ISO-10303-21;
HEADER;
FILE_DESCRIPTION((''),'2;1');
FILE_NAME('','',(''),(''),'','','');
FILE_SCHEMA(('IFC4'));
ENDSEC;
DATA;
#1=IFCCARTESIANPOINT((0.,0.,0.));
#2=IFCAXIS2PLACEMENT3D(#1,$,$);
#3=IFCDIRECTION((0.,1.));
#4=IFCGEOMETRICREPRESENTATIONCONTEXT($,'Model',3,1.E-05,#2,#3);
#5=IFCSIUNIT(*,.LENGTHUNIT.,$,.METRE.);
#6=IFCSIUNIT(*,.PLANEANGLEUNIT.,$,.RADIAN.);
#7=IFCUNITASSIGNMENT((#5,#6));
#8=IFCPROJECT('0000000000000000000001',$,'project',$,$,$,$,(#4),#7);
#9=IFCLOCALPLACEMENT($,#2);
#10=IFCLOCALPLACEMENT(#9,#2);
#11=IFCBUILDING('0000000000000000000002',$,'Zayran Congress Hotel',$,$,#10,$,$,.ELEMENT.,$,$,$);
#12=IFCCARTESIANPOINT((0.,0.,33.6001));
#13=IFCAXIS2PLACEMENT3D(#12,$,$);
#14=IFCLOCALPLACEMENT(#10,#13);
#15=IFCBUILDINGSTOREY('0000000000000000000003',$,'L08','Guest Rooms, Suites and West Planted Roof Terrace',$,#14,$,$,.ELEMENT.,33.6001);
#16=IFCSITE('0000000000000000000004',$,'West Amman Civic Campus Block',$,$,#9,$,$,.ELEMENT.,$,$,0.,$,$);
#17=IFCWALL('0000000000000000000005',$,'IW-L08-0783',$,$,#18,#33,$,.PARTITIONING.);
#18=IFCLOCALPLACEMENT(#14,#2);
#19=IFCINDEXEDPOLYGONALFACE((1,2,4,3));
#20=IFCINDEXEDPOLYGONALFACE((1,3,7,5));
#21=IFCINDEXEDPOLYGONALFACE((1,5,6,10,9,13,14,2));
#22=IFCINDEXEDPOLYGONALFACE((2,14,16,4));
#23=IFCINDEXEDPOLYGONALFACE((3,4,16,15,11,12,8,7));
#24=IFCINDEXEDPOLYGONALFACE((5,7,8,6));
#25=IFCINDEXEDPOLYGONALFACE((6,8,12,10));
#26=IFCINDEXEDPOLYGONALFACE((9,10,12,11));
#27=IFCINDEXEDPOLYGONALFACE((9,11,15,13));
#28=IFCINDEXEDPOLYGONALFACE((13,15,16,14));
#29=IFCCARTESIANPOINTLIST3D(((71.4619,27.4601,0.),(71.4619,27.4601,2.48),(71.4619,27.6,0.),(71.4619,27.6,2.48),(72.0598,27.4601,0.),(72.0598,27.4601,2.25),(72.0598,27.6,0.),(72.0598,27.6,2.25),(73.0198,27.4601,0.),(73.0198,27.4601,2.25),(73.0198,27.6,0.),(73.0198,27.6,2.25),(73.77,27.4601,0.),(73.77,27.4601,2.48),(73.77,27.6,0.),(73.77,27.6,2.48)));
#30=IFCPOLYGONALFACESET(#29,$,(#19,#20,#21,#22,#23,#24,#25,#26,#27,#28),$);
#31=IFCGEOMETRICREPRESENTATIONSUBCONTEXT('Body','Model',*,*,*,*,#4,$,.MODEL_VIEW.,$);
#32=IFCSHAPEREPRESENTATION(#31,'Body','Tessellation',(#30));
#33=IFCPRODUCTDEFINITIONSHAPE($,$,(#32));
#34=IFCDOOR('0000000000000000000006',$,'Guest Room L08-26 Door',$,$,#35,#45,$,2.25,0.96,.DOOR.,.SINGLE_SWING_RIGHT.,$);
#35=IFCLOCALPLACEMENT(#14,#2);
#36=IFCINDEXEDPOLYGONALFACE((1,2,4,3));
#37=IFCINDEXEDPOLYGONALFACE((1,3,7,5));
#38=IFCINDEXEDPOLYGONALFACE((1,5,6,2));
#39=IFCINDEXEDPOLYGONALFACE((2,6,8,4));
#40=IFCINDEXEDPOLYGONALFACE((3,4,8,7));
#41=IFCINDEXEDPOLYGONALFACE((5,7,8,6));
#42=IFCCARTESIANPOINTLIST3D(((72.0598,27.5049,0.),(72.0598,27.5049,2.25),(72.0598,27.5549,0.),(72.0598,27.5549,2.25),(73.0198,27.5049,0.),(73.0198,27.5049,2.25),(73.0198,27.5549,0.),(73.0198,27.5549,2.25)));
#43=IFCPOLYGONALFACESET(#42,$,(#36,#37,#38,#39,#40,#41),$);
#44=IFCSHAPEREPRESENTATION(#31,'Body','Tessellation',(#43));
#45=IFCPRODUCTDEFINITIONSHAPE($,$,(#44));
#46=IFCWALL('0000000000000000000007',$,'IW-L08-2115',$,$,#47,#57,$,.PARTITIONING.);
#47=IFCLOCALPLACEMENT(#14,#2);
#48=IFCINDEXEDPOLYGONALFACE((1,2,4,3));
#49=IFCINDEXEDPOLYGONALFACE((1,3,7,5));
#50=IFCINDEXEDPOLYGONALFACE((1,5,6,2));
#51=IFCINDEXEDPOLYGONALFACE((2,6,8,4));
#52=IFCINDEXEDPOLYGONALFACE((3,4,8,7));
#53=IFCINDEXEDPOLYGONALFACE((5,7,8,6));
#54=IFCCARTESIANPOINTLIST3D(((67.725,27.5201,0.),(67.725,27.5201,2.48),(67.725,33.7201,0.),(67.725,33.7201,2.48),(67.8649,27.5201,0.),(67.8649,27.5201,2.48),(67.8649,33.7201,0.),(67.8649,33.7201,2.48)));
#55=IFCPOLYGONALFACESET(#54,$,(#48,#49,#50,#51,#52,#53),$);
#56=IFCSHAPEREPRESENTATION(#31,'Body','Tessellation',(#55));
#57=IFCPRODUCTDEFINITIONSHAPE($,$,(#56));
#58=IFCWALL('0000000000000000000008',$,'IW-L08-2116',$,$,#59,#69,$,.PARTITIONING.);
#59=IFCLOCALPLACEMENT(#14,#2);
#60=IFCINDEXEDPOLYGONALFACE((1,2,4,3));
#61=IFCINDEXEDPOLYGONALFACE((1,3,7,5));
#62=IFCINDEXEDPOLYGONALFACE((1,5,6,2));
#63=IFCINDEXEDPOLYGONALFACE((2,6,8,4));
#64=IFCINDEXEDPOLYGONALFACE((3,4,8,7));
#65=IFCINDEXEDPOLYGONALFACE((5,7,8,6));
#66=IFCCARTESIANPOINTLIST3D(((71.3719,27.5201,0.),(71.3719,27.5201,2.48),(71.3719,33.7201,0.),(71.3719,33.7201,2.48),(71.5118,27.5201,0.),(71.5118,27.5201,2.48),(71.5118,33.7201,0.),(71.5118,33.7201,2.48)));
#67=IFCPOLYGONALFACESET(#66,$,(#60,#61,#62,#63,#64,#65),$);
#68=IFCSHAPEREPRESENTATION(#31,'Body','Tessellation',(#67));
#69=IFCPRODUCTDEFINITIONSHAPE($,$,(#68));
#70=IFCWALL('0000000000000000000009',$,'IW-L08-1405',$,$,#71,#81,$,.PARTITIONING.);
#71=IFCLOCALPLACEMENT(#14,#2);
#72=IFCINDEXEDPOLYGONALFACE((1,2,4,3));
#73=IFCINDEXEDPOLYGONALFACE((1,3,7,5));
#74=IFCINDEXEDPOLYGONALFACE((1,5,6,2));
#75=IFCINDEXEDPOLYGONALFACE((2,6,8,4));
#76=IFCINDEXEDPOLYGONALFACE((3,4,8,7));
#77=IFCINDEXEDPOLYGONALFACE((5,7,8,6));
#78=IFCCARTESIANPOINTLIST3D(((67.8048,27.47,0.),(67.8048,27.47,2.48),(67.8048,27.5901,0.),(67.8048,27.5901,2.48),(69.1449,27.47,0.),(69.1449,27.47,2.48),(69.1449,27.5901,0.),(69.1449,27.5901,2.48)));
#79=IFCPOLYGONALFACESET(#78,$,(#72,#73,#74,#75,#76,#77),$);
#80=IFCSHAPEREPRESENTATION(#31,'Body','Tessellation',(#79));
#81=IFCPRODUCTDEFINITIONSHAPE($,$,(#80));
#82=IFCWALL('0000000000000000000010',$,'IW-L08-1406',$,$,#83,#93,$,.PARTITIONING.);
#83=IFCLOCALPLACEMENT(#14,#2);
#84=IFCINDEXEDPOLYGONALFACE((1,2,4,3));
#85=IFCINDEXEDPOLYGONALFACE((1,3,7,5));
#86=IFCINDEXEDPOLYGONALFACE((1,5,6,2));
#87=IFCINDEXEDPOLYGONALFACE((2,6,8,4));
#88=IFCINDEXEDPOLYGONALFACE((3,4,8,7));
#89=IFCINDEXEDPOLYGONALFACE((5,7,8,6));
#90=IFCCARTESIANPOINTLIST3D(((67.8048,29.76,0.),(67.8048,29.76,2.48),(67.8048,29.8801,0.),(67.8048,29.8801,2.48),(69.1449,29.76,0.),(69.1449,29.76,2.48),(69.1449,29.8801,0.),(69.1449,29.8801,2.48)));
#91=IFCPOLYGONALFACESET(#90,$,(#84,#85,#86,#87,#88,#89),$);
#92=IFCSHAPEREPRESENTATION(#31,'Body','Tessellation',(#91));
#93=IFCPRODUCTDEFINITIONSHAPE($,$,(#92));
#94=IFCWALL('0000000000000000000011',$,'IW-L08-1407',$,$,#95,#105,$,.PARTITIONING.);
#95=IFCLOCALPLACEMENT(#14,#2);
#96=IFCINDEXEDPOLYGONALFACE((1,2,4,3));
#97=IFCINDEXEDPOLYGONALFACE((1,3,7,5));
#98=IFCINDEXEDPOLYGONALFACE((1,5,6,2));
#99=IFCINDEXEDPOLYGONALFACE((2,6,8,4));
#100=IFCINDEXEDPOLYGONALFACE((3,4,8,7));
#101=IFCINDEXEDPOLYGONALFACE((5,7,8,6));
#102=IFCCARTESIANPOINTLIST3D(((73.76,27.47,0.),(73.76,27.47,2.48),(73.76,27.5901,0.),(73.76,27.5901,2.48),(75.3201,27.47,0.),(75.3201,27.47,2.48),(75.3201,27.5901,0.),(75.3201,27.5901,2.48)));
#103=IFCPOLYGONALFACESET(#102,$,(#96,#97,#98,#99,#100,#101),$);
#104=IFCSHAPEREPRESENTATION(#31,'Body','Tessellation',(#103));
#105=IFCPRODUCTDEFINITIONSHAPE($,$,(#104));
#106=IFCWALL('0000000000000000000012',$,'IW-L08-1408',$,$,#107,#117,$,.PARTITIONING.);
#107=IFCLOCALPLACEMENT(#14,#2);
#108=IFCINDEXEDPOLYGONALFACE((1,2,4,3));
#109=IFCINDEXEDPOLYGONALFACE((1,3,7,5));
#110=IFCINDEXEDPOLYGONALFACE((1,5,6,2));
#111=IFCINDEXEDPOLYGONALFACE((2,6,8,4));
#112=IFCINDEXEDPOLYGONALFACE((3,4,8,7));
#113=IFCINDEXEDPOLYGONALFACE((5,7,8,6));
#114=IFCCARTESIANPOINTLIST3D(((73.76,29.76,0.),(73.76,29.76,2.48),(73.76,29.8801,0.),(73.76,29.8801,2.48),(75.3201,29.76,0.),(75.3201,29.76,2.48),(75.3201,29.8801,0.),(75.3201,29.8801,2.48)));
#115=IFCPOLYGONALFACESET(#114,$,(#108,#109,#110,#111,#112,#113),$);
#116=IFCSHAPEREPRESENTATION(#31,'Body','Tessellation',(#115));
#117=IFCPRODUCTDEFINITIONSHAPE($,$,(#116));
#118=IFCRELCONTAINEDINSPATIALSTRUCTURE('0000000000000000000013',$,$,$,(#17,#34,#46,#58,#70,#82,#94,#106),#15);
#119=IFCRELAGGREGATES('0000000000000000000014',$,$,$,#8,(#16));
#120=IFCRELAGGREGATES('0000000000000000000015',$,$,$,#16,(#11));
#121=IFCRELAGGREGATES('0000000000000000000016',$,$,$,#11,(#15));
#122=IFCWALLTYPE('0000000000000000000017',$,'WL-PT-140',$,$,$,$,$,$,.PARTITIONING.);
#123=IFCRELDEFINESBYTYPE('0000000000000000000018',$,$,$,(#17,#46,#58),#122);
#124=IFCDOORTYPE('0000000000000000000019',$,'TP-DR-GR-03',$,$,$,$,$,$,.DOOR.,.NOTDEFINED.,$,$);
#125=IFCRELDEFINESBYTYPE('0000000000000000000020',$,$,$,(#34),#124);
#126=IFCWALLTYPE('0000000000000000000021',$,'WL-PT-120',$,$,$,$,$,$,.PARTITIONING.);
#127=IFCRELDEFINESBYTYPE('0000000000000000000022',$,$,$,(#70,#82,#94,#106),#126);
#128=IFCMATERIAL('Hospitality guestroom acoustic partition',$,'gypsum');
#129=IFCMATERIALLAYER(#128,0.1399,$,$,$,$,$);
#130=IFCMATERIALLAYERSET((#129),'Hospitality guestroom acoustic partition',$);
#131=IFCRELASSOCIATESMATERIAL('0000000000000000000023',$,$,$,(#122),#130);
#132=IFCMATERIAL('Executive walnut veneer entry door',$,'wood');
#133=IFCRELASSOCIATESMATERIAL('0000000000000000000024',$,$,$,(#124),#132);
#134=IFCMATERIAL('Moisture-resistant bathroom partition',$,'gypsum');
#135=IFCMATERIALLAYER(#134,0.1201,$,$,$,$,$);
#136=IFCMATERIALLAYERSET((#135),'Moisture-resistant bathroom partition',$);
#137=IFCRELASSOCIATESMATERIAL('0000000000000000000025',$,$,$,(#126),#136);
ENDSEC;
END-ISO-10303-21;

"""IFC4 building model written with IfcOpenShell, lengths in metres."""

from ifc_helpers import new_model, si_unit, direction, frame, frame_2d, origin, place, context, subcontext, project, spatial, rectangle, extrude, material, layer, layer_set, type_object, element, fill, save


model = new_model("IFC4")

# Units and contexts
model_context = context("Model", 3, precision=1e-05, world=origin(), true_north=direction((0.0, 1.0)))
body_context = subcontext(model_context, "Body", "Model", "MODEL_VIEW")
ifc_project = project(units=[si_unit("LENGTHUNIT", "METRE"), si_unit("PLANEANGLEUNIT", "RADIAN")], contexts=[model_context])

# Site, building, storey
site_placement = place(None, origin())
site = spatial("IfcSite", under=ifc_project, at=site_placement, Name="West Amman Civic Campus Block", CompositionType="ELEMENT", RefElevation=0.0)
building_placement = place(site_placement, origin())
building = spatial("IfcBuilding", under=site, at=building_placement, Name="Zayran Congress Hotel", CompositionType="ELEMENT")
storey_placement = place(building_placement, frame((0.0, 0.0, 33.6001)))
storey = spatial("IfcBuildingStorey", under=building, at=storey_placement, Name="L08", Description="Guest Rooms, Suites and West Planted Roof Terrace", CompositionType="ELEMENT", Elevation=33.6001)

# Wall, opening, door
ifc_material_1 = material(Name="Hospitality guestroom acoustic partition", Category="gypsum")
ifc_layer_1 = layer(ifc_material_1, 0.1399)
ifc_layer_set_1 = layer_set([ifc_layer_1], Name="Hospitality guestroom acoustic partition")
wall_type_1 = type_object("IfcWallType", Name="WL-PT-140", PredefinedType="PARTITIONING", material=ifc_layer_set_1)
ifc_material_2 = material(Name="Executive walnut veneer entry door", Category="wood")
door_type_1 = type_object("IfcDoorType", Name="TP-DR-GR-03", OperationType="NOTDEFINED", PredefinedType="DOOR", material=ifc_material_2)
wall_1_placement = place(storey_placement, frame((71.4619, 27.53, 0.0), z_axis=(0.0, 0.0, 1.0), x_axis=(1.0, 0.0, 0.0)))
wall_1 = element("IfcWall", 1, at=wall_1_placement, inside=storey, type_object=wall_type_1, Name="IW-L08-0783", PredefinedType="PARTITIONING", context=body_context, shape_type="SweptSolid", body=[
    extrude(rectangle(XDim=2.3081, YDim=0.1399, at=frame_2d((1.1541, 0.0))), origin(), (0.0, 0.0, 1.0), 2.48),
])
opening_1_placement = place(wall_1_placement, frame((0.5979, 0.0, 0.0)))
opening_1 = element("IfcOpeningElement", 2, at=opening_1_placement, cuts=wall_1, PredefinedType="OPENING", context=body_context, shape_type="SweptSolid", body=[
    extrude(rectangle(XDim=0.96, YDim=2.25, at=frame_2d((0.48, 1.125))), frame((0.0, 0.0798, 0.0), z_axis=(0.0, -1.0, 0.0), x_axis=(1.0, 0.0, 0.0)), (0.0, 0.0, 1.0), 0.1599),
])
door_1_placement = place(opening_1_placement, origin())
door_1 = element("IfcDoor", 3, at=door_1_placement, inside=storey, type_object=door_type_1, Name="Guest Room L08-26 Door", OperationType="SINGLE_SWING_RIGHT", OverallHeight=2.25, OverallWidth=0.96, PredefinedType="DOOR", context=body_context, shape_type="SweptSolid", body=[
    extrude(rectangle(XDim=0.96, YDim=2.25, at=frame_2d((0.48, 1.125))), frame((0.0, 0.0249, 0.0), z_axis=(0.0, -1.0, 0.0), x_axis=(1.0, 0.0, 0.0)), (0.0, 0.0, 1.0), 0.05),
])
fill(opening_1, door_1)

# Walls
for number, where, z_axis, x_axis, name in (
    (4, (67.7949, 27.52, 0.0), (0.0, 0.0, 1.0), (0.0, 1.0, 0.0), "IW-L08-2115"),
    (5, (71.4419, 27.52, 0.0), (0.0, 0.0, 1.0), (0.0, 1.0, 0.0), "IW-L08-2116"),
):
    element("IfcWall", number, at=place(storey_placement, frame(where, z_axis=z_axis, x_axis=x_axis)), inside=storey, type_object=wall_type_1, Name=name, PredefinedType="PARTITIONING", context=body_context, shape_type="SweptSolid", body=[
        extrude(rectangle(XDim=6.2, YDim=0.1399, at=frame_2d((3.1001, 0.0))), origin(), (0.0, 0.0, 1.0), 2.48),
    ])

# Shared definitions
ifc_material_3 = material(Name="Moisture-resistant bathroom partition", Category="gypsum")
ifc_layer_2 = layer(ifc_material_3, 0.1201)
ifc_layer_set_2 = layer_set([ifc_layer_2], Name="Moisture-resistant bathroom partition")
wall_type_2 = type_object("IfcWallType", Name="WL-PT-120", PredefinedType="PARTITIONING", material=ifc_layer_set_2)

# Walls
for number, where, z_axis, x_axis, name in (
    (6, (67.8049, 27.53, 0.0), (0.0, 0.0, 1.0), (1.0, 0.0, 0.0), "IW-L08-1405"),
    (7, (67.8049, 29.8201, 0.0), (0.0, 0.0, 1.0), (1.0, 0.0, 0.0), "IW-L08-1406"),
):
    element("IfcWall", number, at=place(storey_placement, frame(where, z_axis=z_axis, x_axis=x_axis)), inside=storey, type_object=wall_type_2, Name=name, PredefinedType="PARTITIONING", context=body_context, shape_type="SweptSolid", body=[
        extrude(rectangle(XDim=1.3401, YDim=0.1201, at=frame_2d((0.6699, 0.0))), origin(), (0.0, 0.0, 1.0), 2.48),
    ])
for number, where, z_axis, x_axis, name in (
    (8, (73.76, 27.53, 0.0), (0.0, 0.0, 1.0), (1.0, 0.0, 0.0), "IW-L08-1407"),
    (9, (73.76, 29.8201, 0.0), (0.0, 0.0, 1.0), (1.0, 0.0, 0.0), "IW-L08-1408"),
):
    element("IfcWall", number, at=place(storey_placement, frame(where, z_axis=z_axis, x_axis=x_axis)), inside=storey, type_object=wall_type_2, Name=name, PredefinedType="PARTITIONING", context=body_context, shape_type="SweptSolid", body=[
        extrude(rectangle(XDim=1.5601, YDim=0.1201, at=frame_2d((0.78, 0.0))), origin(), (0.0, 0.0, 1.0), 2.48),
    ])

save(model, "model.ifc")
